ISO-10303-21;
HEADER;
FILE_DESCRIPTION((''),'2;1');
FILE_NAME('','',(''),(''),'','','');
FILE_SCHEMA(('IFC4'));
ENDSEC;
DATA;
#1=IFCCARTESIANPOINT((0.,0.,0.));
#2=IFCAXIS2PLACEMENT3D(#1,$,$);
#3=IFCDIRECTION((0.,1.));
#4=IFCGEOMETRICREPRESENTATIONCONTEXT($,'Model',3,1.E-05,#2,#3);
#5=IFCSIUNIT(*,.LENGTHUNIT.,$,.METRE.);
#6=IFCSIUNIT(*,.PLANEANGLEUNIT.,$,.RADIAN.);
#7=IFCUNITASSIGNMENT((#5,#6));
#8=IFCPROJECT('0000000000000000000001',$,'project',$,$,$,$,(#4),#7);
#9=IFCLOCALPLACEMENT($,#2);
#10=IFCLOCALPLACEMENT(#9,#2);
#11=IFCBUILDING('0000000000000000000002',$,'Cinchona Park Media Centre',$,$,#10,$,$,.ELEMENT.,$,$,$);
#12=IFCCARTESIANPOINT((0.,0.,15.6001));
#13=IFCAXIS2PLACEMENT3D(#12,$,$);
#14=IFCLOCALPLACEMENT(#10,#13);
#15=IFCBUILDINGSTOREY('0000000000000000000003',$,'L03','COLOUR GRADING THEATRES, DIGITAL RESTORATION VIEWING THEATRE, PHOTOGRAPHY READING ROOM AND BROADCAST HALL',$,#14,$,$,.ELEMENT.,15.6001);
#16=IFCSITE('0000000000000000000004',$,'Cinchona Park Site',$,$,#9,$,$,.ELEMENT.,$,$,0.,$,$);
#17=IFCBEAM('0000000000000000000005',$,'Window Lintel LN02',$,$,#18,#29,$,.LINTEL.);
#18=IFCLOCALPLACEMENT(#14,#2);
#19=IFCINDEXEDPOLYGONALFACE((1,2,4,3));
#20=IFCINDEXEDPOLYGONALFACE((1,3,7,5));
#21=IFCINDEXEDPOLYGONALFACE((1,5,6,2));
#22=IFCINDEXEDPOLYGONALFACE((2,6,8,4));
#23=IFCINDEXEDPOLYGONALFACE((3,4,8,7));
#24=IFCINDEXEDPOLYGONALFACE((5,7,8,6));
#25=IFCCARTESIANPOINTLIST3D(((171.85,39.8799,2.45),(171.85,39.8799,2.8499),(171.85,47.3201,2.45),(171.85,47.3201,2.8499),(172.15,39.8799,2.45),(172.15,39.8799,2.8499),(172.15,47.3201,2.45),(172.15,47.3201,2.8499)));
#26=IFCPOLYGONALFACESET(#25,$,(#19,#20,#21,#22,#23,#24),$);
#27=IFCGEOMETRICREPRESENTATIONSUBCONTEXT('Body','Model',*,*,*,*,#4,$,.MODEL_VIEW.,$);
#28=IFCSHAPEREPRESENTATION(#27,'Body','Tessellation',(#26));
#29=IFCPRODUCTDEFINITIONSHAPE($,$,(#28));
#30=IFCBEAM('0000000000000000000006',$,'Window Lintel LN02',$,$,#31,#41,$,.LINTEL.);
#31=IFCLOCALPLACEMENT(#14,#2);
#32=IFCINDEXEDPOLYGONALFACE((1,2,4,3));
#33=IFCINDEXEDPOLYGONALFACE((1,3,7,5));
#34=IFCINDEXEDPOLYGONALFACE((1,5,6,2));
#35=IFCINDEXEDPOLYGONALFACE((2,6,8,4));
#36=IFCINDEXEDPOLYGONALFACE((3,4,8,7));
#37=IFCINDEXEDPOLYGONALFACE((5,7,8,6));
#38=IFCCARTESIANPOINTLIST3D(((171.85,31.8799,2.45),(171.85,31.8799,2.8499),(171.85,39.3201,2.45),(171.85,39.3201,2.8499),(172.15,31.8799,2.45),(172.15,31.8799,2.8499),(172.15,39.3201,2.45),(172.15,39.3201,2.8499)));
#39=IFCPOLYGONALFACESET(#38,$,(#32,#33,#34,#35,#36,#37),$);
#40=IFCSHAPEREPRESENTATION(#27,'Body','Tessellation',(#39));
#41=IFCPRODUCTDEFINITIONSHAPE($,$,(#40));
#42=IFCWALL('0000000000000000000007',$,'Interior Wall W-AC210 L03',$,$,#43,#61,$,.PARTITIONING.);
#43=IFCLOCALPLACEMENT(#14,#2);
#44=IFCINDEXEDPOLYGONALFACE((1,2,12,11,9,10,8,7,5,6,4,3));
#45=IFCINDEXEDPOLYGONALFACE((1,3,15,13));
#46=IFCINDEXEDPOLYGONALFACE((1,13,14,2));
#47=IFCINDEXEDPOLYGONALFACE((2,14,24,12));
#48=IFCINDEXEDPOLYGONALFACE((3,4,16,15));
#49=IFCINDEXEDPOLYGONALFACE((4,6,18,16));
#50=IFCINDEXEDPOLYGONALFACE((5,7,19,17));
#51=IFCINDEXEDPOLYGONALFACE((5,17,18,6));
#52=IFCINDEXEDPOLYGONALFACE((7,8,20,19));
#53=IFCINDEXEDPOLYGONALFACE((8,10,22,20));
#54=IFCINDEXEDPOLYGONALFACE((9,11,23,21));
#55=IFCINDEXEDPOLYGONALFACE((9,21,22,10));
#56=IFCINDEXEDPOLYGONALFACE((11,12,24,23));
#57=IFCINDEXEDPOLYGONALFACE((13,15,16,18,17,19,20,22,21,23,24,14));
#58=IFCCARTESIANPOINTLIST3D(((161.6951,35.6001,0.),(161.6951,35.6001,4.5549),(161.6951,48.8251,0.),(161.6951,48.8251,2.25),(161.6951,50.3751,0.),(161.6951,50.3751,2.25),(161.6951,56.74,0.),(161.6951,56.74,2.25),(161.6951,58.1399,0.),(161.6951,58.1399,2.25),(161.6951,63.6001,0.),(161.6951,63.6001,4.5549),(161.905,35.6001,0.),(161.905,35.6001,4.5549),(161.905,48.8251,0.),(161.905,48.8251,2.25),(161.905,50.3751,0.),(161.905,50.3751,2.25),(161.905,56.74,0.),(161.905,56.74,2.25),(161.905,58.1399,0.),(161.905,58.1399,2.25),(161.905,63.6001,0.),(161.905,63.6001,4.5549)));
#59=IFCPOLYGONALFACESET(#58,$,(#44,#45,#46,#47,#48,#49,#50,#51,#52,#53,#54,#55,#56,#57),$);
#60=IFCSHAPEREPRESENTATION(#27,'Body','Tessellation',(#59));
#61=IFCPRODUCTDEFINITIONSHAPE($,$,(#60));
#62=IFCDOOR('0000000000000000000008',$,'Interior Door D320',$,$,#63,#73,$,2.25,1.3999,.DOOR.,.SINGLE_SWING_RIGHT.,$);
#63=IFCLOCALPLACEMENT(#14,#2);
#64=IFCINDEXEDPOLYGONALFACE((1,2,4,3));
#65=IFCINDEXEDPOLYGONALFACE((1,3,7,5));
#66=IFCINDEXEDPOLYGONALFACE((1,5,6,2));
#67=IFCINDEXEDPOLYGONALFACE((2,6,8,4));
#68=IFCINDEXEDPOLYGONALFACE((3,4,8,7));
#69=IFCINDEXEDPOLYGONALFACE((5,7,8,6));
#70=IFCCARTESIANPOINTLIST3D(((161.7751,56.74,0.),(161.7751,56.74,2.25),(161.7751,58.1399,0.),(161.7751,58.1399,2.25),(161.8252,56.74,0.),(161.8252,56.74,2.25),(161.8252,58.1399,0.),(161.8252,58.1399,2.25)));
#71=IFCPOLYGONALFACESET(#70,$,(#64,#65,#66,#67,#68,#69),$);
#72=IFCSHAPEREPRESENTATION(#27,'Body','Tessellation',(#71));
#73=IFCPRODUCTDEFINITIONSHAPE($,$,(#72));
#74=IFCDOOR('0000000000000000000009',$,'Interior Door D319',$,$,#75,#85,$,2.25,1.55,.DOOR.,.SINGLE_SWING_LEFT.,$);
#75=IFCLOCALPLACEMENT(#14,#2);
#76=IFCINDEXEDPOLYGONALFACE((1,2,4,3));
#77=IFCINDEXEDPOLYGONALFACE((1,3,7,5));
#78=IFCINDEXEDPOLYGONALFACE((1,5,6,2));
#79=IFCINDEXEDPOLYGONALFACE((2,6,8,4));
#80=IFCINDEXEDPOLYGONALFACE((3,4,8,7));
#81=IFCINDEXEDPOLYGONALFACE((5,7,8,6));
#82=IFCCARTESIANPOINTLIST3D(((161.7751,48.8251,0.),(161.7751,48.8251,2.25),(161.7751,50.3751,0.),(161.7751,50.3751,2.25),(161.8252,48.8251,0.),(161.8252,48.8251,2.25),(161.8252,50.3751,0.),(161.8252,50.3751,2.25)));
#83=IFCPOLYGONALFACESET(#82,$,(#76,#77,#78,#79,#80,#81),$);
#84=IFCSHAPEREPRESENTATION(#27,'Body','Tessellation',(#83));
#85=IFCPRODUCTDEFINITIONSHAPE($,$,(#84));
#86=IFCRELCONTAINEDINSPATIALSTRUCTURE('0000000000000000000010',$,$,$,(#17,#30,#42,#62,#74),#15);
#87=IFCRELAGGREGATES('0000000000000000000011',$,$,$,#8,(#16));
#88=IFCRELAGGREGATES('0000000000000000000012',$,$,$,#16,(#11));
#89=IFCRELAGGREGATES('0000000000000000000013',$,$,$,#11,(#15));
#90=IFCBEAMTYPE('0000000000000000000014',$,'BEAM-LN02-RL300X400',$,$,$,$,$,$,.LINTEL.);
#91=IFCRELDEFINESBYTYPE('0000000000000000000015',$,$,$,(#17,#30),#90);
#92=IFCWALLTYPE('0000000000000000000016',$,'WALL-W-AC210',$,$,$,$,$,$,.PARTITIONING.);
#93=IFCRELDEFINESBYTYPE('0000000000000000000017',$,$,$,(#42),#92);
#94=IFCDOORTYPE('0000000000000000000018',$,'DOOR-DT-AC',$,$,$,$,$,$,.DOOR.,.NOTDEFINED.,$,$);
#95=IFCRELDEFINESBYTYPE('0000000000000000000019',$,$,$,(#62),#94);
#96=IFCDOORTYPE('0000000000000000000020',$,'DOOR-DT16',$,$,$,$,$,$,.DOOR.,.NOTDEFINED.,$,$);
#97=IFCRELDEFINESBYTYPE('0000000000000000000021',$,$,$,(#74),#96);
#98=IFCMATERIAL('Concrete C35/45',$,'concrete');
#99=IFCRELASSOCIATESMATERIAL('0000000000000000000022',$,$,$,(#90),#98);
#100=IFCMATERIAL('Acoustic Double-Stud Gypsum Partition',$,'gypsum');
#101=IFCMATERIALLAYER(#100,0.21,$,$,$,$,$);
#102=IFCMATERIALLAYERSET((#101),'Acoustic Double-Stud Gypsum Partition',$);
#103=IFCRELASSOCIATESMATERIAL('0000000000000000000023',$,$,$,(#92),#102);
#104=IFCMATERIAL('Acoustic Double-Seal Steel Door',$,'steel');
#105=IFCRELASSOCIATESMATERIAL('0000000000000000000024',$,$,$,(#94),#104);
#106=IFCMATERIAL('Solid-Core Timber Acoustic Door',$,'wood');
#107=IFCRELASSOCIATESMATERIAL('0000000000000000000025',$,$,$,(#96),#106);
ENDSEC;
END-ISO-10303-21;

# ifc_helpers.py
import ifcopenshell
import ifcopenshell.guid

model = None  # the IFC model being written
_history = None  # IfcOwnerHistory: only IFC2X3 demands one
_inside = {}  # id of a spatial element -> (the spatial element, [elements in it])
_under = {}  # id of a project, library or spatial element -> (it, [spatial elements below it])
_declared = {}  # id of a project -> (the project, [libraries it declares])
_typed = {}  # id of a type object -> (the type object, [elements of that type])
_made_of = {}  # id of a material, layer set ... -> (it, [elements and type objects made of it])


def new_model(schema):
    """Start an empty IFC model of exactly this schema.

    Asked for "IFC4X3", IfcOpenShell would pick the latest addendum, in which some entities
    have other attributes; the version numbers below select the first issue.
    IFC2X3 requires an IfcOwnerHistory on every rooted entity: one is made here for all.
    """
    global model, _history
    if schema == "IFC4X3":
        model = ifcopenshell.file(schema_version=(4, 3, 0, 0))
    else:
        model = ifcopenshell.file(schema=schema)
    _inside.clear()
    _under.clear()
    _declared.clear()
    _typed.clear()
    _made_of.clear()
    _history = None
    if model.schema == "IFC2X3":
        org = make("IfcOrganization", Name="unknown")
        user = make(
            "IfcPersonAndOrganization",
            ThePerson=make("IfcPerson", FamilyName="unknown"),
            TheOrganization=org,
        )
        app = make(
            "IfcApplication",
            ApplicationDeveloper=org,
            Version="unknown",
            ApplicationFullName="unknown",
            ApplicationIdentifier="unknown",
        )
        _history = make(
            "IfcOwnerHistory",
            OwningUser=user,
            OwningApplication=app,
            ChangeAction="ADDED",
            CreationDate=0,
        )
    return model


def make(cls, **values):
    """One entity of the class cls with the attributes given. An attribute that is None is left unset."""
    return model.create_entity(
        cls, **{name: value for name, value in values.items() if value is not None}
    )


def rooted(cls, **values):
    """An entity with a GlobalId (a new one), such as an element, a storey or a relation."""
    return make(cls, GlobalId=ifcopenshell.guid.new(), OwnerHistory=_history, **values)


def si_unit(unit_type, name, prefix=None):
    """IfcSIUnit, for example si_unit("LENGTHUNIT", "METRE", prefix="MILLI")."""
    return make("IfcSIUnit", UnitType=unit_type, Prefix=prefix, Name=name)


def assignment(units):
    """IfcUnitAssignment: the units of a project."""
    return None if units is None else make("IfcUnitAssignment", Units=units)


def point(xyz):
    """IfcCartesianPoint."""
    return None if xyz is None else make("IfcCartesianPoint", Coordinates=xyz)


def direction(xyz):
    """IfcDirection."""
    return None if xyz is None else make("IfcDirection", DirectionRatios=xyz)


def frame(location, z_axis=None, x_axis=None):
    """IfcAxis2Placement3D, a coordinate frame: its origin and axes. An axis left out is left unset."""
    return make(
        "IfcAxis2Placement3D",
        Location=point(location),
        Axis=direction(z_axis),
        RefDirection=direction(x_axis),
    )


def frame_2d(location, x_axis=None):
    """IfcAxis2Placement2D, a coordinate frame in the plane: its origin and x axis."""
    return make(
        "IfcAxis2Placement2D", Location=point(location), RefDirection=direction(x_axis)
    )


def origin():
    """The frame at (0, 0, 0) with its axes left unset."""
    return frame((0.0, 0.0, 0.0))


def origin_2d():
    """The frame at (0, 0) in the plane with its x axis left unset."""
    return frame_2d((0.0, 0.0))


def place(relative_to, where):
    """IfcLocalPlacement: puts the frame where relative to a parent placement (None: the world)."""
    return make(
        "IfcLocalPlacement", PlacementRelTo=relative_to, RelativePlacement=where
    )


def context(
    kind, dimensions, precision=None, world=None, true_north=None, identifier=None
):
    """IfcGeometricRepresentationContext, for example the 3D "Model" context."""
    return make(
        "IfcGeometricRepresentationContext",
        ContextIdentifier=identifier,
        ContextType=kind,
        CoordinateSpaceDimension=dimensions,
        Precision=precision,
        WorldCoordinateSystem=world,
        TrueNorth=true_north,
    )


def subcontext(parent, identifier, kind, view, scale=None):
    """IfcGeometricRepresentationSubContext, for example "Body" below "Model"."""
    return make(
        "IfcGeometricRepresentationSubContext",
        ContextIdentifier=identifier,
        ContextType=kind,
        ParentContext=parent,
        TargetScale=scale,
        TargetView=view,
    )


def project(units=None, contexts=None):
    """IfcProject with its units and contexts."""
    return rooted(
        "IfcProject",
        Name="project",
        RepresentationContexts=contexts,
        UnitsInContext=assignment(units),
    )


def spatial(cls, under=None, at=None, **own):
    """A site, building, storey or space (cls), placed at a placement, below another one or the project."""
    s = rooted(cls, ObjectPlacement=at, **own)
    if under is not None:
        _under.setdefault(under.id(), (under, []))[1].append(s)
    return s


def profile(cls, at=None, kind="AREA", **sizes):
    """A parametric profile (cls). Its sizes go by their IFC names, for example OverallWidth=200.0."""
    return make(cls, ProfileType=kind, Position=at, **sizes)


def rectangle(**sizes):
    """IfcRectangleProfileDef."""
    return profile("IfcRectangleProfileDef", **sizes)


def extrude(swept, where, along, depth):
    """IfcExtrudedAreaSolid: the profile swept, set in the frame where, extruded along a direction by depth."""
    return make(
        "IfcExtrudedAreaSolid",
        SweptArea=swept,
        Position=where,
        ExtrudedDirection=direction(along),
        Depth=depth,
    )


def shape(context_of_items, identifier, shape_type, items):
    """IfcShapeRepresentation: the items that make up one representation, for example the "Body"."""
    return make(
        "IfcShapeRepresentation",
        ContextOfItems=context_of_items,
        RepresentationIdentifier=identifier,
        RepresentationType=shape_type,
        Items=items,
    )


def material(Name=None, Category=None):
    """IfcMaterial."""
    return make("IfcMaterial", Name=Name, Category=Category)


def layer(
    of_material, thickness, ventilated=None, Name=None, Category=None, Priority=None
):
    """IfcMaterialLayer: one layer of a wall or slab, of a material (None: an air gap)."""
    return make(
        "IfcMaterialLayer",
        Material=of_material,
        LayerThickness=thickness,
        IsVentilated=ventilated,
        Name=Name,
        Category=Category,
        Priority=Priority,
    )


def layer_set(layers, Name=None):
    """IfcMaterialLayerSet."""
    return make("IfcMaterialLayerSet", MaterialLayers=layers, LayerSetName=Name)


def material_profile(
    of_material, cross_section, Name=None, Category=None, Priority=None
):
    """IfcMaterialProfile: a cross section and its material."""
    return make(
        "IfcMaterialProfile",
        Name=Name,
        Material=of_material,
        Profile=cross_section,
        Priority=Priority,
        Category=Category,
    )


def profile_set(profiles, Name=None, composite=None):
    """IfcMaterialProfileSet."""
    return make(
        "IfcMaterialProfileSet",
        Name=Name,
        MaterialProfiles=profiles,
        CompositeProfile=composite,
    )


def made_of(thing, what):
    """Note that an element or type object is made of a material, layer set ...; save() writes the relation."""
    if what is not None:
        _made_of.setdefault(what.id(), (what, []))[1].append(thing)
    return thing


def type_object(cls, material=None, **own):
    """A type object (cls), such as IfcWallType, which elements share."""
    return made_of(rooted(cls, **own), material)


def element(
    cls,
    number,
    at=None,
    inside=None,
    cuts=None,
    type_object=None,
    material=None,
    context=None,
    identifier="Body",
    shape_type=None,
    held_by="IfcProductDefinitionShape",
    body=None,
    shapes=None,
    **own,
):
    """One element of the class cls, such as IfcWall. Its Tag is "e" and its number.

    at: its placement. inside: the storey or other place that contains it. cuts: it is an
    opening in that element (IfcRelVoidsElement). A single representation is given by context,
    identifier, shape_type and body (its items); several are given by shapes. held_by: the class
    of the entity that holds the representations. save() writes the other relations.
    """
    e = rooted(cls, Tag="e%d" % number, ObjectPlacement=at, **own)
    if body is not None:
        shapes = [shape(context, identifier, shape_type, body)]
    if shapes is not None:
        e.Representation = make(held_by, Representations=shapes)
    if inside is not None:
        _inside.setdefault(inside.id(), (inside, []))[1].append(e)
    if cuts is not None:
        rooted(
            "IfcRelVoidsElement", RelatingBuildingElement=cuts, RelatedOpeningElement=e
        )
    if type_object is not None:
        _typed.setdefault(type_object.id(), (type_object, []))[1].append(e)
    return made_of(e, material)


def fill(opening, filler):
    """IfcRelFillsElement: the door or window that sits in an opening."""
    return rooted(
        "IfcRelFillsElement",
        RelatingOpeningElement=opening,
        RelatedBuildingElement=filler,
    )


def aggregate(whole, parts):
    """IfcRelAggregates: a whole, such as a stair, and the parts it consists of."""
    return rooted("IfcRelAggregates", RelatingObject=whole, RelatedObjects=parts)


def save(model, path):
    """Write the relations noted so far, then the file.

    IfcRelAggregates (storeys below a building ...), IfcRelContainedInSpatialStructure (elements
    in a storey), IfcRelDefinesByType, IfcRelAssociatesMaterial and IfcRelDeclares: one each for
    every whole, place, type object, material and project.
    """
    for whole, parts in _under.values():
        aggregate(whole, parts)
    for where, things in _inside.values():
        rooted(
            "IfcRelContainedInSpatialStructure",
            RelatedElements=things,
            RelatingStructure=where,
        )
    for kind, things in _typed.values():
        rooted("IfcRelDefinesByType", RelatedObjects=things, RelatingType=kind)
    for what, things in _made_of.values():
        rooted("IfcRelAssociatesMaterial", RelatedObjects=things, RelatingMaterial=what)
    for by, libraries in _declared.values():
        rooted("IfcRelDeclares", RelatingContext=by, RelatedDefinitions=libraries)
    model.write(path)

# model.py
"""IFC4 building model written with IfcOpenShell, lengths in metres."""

from ifc_helpers import new_model, si_unit, direction, frame, frame_2d, origin, origin_2d, place, context, subcontext, project, spatial, rectangle, extrude, material, layer, layer_set, material_profile, profile_set, type_object, element, fill, save


model = new_model("IFC4")

# Units and contexts
model_context = context("Model", 3, precision=1e-05, world=origin(), true_north=direction((0.0, 1.0)))
body_context = subcontext(model_context, "Body", "Model", "MODEL_VIEW")
ifc_project = project(units=[si_unit("LENGTHUNIT", "METRE"), si_unit("PLANEANGLEUNIT", "RADIAN")], contexts=[model_context])

# Site, building, storey
site_placement = place(None, origin())
site = spatial("IfcSite", under=ifc_project, at=site_placement, Name="Cinchona Park Site", CompositionType="ELEMENT", RefElevation=0.0)
building_placement = place(site_placement, origin())
building = spatial("IfcBuilding", under=site, at=building_placement, Name="Cinchona Park Media Centre", CompositionType="ELEMENT")
storey_placement = place(building_placement, frame((0.0, 0.0, 15.6001)))
storey = spatial("IfcBuildingStorey", under=building, at=storey_placement, Name="L03", Description="COLOUR GRADING THEATRES, DIGITAL RESTORATION VIEWING THEATRE, PHOTOGRAPHY READING ROOM AND BROADCAST HALL", CompositionType="ELEMENT", Elevation=15.6001)

# Beams
ifc_material_1 = material(Name="Concrete C35/45", Category="concrete")
ifc_material_profile_1 = material_profile(ifc_material_1, rectangle(XDim=0.3, YDim=0.3999, at=origin_2d()), Name="RL 300X400")
ifc_profile_set_1 = profile_set([ifc_material_profile_1], Name="Concrete C35/45")
beam_type_1 = type_object("IfcBeamType", Name="BEAM-LN02-RL300X400", PredefinedType="LINTEL", material=ifc_profile_set_1)
for number, where, z_axis, x_axis, name in (
    (1, (172.0, 47.3201, 2.6499), (0.0, -1.0, 0.0), (1.0, 0.0, 0.0), "Window Lintel LN02"),
    (2, (172.0, 39.3201, 2.6499), (0.0, -1.0, 0.0), (1.0, 0.0, 0.0), "Window Lintel LN02"),
):
    element("IfcBeam", number, at=place(storey_placement, frame(where, z_axis=z_axis, x_axis=x_axis)), inside=storey, type_object=beam_type_1, Name=name, PredefinedType="LINTEL", context=body_context, shape_type="SweptSolid", body=[
        extrude(rectangle(XDim=0.3, YDim=0.3999, at=origin_2d()), origin(), (0.0, 0.0, 1.0), 7.4402),
    ])

# Wall, openings, doors
ifc_material_2 = material(Name="Acoustic Double-Stud Gypsum Partition", Category="gypsum")
ifc_layer = layer(ifc_material_2, 0.21)
ifc_layer_set = layer_set([ifc_layer], Name="Acoustic Double-Stud Gypsum Partition")
wall_type = type_object("IfcWallType", Name="WALL-W-AC210", PredefinedType="PARTITIONING", material=ifc_layer_set)
wall_placement = place(storey_placement, frame((161.8, 35.6001, 0.0), z_axis=(0.0, 0.0, 1.0), x_axis=(0.0, 1.0, 0.0)))
wall = element("IfcWall", 3, at=wall_placement, inside=storey, type_object=wall_type, Name="Interior Wall W-AC210 L03", PredefinedType="PARTITIONING", context=body_context, shape_type="SweptSolid", body=[
    extrude(rectangle(XDim=28.0, YDim=0.21, at=frame_2d((14.0, 0.0))), origin(), (0.0, 0.0, 1.0), 4.5549),
])
opening_1_placement = place(wall_placement, frame((13.2251, 0.0, 0.0)))
opening_1 = element("IfcOpeningElement", 4, at=opening_1_placement, cuts=wall, PredefinedType="OPENING", context=body_context, shape_type="SweptSolid", body=[
    extrude(rectangle(XDim=1.55, YDim=2.25, at=frame_2d((0.7749, 1.125))), frame((0.0, 0.115, 0.0), z_axis=(0.0, -1.0, 0.0), x_axis=(1.0, 0.0, 0.0)), (0.0, 0.0, 1.0), 0.23),
])
opening_2_placement = place(wall_placement, frame((21.1399, 0.0, 0.0)))
opening_2 = element("IfcOpeningElement", 5, at=opening_2_placement, cuts=wall, PredefinedType="OPENING", context=body_context, shape_type="SweptSolid", body=[
    extrude(rectangle(XDim=1.3999, YDim=2.25, at=frame_2d((0.7, 1.125))), frame((0.0, 0.115, 0.0), z_axis=(0.0, -1.0, 0.0), x_axis=(1.0, 0.0, 0.0)), (0.0, 0.0, 1.0), 0.23),
])
ifc_material_3 = material(Name="Acoustic Double-Seal Steel Door", Category="steel")
door_type_1 = type_object("IfcDoorType", Name="DOOR-DT-AC", OperationType="NOTDEFINED", PredefinedType="DOOR", material=ifc_material_3)
door_1_placement = place(opening_2_placement, origin())
door_1 = element("IfcDoor", 6, at=door_1_placement, inside=storey, type_object=door_type_1, Name="Interior Door D320", OperationType="SINGLE_SWING_RIGHT", OverallHeight=2.25, OverallWidth=1.3999, PredefinedType="DOOR", context=body_context, shape_type="SweptSolid", body=[
    extrude(rectangle(XDim=1.3999, YDim=2.25, at=frame_2d((0.7, 1.125))), frame((0.0, 0.0249, 0.0), z_axis=(0.0, -1.0, 0.0), x_axis=(1.0, 0.0, 0.0)), (0.0, 0.0, 1.0), 0.05),
])
fill(opening_2, door_1)
ifc_material_4 = material(Name="Solid-Core Timber Acoustic Door", Category="wood")
door_type_2 = type_object("IfcDoorType", Name="DOOR-DT16", OperationType="NOTDEFINED", PredefinedType="DOOR", material=ifc_material_4)
door_2_placement = place(opening_1_placement, origin())
door_2 = element("IfcDoor", 7, at=door_2_placement, inside=storey, type_object=door_type_2, Name="Interior Door D319", OperationType="SINGLE_SWING_LEFT", OverallHeight=2.25, OverallWidth=1.55, PredefinedType="DOOR", context=body_context, shape_type="SweptSolid", body=[
    extrude(rectangle(XDim=1.55, YDim=2.25, at=frame_2d((0.7749, 1.125))), frame((0.0, 0.0249, 0.0), z_axis=(0.0, -1.0, 0.0), x_axis=(1.0, 0.0, 0.0)), (0.0, 0.0, 1.0), 0.05),
])
fill(opening_1, door_2)

save(model, "model.ifc")
